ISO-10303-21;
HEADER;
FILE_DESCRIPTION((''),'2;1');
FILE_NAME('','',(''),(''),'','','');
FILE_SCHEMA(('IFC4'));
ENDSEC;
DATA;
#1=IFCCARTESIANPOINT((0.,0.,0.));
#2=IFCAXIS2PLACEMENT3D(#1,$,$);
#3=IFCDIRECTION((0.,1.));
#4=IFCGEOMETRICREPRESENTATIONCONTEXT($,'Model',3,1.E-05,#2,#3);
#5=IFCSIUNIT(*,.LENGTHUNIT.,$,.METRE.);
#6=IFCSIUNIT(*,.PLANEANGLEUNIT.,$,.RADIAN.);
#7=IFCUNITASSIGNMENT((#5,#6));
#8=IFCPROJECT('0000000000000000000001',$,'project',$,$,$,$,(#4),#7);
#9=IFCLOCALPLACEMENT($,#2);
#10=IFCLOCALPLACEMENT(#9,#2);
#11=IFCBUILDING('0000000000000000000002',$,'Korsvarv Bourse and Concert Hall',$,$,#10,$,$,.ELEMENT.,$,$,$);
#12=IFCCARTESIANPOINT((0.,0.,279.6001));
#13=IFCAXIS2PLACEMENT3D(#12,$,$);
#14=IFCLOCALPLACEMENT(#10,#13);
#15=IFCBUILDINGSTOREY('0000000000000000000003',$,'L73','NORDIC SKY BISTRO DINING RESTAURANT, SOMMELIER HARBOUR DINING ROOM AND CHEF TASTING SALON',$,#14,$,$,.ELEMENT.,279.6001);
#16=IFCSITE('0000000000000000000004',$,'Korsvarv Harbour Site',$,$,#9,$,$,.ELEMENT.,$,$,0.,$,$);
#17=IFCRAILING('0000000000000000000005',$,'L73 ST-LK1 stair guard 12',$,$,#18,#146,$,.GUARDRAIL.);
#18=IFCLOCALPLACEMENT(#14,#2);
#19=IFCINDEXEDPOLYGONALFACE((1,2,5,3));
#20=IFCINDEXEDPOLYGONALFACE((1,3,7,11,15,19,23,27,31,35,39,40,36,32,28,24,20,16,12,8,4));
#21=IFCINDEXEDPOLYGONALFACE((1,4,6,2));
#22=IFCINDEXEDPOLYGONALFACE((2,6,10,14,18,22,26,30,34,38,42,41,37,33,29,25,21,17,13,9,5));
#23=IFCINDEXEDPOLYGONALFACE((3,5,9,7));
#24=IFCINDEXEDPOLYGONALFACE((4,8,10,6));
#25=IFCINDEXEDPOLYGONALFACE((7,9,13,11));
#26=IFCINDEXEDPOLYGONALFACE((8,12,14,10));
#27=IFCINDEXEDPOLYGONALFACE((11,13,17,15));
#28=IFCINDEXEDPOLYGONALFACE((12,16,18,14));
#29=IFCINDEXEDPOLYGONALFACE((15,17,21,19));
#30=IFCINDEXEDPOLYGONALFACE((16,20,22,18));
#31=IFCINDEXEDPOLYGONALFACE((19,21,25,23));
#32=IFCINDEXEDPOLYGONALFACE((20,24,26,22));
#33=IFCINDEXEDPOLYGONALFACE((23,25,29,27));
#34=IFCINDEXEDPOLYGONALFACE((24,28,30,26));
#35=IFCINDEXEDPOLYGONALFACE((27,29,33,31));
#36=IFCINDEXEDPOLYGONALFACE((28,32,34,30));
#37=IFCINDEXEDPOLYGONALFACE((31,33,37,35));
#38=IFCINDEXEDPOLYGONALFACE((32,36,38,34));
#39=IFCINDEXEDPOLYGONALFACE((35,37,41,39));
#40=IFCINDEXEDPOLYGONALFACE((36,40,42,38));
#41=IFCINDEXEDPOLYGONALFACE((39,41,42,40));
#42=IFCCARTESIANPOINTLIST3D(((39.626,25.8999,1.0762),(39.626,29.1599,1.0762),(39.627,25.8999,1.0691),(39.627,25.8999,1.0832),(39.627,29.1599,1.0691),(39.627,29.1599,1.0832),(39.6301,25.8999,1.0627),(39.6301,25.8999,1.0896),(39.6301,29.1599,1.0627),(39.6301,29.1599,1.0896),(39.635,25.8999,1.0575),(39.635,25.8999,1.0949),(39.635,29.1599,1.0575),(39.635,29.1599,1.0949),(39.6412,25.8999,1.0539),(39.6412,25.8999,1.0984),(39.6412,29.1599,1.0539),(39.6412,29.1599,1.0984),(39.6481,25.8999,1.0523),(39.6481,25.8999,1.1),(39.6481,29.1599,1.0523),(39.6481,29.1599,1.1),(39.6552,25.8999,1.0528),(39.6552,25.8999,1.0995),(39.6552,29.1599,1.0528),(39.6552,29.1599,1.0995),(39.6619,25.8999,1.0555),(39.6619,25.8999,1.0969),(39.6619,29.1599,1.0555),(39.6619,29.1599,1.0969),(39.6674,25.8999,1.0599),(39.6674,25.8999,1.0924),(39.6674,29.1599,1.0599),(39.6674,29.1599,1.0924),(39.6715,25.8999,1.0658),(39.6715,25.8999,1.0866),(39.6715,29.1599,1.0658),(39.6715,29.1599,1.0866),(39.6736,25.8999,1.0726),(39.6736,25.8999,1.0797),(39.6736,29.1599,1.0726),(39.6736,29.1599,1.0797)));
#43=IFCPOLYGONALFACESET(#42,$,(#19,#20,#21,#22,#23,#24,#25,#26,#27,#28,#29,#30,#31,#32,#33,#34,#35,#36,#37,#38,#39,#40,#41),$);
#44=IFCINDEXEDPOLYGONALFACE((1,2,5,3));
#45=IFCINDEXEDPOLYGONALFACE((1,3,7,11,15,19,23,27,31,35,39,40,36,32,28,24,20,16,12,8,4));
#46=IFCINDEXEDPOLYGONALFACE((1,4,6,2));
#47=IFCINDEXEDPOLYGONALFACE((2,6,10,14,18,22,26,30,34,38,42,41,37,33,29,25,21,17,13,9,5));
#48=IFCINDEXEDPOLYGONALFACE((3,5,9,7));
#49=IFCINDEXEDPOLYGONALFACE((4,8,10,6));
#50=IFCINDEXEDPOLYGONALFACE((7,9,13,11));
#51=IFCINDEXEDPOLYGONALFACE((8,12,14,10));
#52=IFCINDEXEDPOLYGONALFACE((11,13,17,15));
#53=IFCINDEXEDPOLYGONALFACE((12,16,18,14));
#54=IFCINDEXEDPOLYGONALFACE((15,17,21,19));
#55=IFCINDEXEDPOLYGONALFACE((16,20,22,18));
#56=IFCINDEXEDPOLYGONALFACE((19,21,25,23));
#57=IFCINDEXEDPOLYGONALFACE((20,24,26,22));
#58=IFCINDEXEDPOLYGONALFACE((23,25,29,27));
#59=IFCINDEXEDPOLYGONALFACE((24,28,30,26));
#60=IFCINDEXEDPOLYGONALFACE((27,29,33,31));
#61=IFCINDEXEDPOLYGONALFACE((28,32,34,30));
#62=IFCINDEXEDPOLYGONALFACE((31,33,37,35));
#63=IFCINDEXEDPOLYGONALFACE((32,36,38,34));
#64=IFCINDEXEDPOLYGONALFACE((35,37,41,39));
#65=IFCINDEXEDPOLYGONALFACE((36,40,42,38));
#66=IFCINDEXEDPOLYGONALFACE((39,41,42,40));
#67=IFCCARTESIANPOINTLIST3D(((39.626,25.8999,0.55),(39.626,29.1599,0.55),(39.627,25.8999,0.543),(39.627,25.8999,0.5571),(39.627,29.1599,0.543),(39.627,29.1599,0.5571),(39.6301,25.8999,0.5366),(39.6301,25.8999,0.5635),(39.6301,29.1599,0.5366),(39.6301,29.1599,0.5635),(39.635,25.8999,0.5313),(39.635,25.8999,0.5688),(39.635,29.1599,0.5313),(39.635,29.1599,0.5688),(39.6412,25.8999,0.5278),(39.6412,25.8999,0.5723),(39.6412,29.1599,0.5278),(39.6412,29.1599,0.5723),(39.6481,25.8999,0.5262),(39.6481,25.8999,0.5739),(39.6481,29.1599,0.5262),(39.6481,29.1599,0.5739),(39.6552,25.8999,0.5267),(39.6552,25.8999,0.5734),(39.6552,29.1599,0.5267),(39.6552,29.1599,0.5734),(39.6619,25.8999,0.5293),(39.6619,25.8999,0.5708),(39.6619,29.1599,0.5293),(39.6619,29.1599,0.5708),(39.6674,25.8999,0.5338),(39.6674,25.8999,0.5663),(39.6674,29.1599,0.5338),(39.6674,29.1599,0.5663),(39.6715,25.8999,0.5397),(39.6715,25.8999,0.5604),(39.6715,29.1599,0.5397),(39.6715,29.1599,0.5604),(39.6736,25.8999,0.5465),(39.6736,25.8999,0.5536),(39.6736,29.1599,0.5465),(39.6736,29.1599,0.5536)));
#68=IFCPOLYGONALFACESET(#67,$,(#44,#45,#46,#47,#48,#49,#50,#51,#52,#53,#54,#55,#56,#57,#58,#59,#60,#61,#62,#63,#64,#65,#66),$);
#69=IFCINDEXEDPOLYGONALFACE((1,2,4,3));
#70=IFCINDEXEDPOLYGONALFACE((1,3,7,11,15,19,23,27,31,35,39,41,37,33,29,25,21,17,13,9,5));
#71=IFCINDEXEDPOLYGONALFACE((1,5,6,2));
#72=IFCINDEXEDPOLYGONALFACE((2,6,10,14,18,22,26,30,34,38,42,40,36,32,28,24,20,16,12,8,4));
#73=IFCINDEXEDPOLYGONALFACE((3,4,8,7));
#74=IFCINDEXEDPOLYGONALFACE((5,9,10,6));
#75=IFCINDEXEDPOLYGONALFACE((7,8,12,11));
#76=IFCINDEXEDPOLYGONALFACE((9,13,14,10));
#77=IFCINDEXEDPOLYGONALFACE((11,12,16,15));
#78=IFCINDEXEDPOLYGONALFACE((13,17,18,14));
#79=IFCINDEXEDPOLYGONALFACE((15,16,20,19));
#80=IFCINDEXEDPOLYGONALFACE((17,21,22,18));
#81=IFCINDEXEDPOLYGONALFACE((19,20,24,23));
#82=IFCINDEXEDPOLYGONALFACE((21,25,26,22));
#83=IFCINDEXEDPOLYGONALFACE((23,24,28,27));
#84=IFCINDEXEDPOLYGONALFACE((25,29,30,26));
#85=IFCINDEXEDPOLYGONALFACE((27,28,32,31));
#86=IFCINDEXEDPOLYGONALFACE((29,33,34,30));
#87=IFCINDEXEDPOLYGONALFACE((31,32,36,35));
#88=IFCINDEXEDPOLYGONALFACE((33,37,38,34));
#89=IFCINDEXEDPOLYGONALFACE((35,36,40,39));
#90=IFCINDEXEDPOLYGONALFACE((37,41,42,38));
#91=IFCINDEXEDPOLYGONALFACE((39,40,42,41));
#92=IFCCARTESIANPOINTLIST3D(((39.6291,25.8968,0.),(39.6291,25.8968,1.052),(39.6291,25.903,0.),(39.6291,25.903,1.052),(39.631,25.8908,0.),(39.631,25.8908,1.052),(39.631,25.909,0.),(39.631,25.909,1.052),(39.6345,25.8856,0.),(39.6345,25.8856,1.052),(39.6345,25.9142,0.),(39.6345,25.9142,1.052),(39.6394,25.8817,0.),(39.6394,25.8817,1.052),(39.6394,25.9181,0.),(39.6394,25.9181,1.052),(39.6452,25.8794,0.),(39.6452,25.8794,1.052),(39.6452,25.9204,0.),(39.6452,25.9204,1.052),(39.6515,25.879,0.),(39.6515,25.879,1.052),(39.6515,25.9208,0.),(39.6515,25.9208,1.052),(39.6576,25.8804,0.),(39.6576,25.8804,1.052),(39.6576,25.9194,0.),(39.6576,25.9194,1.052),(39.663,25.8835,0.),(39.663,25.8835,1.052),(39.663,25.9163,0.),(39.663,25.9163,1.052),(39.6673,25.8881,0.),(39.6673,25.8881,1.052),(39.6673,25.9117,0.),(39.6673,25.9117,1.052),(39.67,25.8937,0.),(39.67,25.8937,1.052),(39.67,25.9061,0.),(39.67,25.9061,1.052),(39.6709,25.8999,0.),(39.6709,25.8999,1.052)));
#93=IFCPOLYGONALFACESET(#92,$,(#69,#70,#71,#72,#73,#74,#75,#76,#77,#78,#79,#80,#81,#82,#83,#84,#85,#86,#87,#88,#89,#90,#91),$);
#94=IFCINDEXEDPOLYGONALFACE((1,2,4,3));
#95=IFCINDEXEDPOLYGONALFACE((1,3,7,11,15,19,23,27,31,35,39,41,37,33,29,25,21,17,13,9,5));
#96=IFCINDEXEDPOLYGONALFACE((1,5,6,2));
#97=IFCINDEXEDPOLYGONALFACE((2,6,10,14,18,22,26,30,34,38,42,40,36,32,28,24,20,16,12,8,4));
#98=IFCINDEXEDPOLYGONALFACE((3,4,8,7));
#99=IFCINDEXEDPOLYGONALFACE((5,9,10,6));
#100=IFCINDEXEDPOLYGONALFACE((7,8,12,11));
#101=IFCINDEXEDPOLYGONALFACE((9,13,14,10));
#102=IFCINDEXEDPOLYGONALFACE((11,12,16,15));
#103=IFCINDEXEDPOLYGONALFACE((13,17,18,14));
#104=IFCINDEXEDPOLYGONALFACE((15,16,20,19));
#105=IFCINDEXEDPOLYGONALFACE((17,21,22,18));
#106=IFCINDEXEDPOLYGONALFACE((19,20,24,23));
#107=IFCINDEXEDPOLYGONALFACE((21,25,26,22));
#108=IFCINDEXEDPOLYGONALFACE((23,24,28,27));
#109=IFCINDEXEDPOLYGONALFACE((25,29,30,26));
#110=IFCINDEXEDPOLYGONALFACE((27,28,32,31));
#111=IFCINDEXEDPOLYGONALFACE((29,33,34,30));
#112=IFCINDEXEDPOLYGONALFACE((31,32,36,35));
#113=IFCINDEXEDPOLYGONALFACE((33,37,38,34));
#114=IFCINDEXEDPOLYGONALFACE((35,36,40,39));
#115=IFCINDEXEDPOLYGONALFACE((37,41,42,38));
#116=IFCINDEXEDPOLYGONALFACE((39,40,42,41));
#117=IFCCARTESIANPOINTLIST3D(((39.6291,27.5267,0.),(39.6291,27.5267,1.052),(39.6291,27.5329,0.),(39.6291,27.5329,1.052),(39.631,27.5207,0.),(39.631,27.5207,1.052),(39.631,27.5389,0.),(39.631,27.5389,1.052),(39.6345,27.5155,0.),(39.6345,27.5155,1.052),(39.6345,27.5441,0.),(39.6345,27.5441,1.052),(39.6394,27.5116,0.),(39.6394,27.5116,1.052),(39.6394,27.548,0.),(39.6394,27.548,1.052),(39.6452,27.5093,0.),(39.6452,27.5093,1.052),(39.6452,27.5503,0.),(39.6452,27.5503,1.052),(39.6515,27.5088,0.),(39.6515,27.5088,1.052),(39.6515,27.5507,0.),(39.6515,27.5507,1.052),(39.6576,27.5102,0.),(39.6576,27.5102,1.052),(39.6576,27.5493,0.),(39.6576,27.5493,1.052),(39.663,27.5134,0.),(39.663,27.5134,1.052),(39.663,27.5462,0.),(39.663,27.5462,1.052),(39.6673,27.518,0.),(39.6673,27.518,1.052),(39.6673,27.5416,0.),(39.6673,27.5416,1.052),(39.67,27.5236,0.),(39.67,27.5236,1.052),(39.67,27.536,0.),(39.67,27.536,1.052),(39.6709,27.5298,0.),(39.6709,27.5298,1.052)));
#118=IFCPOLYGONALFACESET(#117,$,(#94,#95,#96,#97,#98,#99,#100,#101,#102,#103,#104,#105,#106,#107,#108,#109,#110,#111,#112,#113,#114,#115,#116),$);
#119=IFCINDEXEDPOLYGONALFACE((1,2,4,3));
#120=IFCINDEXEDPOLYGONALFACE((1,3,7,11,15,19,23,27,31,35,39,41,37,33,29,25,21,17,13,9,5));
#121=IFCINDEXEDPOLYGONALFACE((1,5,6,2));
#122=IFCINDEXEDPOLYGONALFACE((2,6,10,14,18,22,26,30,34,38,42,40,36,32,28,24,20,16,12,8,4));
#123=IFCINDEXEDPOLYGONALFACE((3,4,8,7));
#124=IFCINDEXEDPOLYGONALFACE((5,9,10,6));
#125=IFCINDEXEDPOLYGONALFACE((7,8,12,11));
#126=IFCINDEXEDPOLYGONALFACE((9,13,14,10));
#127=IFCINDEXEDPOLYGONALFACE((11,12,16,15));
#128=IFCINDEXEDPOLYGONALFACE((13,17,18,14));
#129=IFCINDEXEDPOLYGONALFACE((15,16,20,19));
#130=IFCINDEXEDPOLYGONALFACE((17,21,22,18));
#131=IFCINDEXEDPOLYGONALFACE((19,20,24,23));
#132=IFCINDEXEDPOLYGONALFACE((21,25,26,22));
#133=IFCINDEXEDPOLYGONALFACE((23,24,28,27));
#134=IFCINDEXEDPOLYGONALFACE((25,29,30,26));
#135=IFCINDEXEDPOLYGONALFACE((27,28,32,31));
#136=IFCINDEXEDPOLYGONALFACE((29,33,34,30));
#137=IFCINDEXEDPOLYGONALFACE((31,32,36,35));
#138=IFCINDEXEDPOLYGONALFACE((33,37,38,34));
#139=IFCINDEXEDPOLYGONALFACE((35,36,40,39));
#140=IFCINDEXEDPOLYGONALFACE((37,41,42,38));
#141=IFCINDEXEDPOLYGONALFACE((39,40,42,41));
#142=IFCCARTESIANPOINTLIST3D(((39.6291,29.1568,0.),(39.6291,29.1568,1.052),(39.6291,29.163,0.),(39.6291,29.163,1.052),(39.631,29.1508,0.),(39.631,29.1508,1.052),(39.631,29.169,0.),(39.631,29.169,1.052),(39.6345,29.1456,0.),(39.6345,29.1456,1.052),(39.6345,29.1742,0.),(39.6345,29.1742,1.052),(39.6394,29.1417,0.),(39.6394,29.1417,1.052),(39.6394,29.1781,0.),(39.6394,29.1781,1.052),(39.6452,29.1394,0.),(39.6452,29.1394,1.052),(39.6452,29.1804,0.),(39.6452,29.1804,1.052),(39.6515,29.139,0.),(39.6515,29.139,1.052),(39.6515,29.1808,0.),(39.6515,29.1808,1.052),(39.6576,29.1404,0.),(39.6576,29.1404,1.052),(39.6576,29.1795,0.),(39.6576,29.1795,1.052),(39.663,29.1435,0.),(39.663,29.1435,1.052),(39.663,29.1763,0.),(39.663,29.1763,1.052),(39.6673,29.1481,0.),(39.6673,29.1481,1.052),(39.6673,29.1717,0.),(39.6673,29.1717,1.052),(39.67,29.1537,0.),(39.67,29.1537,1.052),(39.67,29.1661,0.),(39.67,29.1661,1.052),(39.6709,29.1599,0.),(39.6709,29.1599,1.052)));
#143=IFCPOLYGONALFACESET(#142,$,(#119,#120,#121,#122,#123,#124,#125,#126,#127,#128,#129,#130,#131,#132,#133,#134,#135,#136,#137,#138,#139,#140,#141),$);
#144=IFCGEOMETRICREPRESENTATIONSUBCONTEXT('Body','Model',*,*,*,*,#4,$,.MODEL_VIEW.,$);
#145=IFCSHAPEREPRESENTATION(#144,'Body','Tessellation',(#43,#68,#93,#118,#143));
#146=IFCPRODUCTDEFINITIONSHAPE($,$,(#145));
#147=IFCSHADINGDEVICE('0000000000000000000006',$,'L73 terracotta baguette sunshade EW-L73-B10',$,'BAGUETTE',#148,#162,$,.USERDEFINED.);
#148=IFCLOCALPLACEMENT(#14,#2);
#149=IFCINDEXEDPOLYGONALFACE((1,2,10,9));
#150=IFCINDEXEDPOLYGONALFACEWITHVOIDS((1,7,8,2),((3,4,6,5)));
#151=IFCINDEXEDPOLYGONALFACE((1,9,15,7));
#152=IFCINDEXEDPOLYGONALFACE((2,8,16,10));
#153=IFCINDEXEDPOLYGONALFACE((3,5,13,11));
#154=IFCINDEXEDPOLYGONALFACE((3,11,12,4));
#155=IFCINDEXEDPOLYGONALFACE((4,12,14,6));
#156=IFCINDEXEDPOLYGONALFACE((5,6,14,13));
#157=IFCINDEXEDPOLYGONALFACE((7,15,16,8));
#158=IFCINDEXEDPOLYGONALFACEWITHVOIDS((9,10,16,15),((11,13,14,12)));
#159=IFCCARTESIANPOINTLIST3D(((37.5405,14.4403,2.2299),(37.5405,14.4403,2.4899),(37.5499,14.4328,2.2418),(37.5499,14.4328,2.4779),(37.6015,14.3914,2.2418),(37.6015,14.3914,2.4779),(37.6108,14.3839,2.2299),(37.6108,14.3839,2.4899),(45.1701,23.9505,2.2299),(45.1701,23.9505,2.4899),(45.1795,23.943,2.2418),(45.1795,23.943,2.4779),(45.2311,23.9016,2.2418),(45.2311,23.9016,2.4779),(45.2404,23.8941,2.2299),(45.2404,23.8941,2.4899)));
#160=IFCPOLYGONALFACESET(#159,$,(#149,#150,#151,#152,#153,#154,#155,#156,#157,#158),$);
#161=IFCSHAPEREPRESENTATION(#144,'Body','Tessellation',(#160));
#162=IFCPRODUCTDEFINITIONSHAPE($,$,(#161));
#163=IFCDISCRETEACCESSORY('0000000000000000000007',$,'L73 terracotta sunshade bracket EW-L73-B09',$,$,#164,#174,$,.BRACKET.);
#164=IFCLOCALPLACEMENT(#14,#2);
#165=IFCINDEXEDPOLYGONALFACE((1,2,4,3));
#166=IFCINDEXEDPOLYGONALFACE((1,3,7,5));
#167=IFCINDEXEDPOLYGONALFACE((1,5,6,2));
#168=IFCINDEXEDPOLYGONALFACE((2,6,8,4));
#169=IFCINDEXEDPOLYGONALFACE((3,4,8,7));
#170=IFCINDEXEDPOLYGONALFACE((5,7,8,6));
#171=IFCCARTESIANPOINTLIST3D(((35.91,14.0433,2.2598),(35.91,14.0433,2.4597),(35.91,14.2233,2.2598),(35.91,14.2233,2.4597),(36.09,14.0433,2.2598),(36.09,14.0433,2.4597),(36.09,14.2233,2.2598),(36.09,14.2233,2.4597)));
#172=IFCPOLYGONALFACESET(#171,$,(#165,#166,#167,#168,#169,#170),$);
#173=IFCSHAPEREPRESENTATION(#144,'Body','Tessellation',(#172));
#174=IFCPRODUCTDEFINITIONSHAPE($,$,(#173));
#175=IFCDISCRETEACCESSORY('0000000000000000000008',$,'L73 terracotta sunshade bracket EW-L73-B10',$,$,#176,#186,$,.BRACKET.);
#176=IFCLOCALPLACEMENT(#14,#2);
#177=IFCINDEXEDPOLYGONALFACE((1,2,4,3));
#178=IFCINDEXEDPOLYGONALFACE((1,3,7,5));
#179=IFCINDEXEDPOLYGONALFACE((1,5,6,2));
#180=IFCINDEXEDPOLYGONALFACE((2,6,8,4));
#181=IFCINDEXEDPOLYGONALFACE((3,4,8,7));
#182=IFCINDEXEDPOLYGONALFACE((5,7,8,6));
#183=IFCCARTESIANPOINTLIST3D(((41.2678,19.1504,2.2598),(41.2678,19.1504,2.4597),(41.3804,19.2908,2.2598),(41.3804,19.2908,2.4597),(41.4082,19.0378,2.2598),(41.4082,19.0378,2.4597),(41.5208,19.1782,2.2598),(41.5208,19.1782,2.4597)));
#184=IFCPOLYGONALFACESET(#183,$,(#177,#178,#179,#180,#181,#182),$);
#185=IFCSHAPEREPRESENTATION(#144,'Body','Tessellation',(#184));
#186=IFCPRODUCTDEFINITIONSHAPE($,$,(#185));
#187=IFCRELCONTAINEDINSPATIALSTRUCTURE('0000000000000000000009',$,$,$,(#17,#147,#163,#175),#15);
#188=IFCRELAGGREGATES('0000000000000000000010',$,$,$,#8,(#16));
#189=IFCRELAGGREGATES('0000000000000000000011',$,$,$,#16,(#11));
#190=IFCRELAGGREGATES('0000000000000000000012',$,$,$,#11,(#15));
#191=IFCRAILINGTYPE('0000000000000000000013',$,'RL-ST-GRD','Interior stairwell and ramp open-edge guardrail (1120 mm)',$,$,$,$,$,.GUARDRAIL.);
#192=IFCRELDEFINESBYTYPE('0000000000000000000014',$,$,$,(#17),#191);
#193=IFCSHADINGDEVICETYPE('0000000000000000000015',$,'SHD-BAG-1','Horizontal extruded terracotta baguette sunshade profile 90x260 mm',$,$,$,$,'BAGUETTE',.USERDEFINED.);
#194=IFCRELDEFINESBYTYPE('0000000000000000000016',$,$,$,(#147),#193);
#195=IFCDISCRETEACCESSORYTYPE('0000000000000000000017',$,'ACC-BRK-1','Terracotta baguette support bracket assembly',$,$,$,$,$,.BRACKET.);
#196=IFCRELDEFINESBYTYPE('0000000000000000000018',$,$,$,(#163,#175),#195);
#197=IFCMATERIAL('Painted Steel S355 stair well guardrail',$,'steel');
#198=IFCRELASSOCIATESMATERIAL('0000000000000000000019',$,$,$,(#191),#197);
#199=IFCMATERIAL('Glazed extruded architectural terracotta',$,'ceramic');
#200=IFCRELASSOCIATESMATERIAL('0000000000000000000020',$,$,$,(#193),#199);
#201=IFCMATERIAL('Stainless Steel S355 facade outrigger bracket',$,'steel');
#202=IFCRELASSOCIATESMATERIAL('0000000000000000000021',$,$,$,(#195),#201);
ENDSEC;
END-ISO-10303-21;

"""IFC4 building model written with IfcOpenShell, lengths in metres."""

from ifc_helpers import new_model, si_unit, direction, frame, origin, origin_2d, place, context, subcontext, project, spatial, rectangle, hollow_rectangle, circle, extrude, source, transform, mapped, material, material_profile, profile_set, type_object, element, save


model = new_model("IFC4")

# Units and contexts
model_context = context("Model", 3, precision=1e-05, world=origin(), true_north=direction((0.0, 1.0)))
body_context = subcontext(model_context, "Body", "Model", "MODEL_VIEW")
ifc_project = project(units=[si_unit("LENGTHUNIT", "METRE"), si_unit("PLANEANGLEUNIT", "RADIAN")], contexts=[model_context])

# Site, building, storey
site_placement = place(None, origin())
site = spatial("IfcSite", under=ifc_project, at=site_placement, Name="Korsvarv Harbour Site", CompositionType="ELEMENT", RefElevation=0.0)
building_placement = place(site_placement, origin())
building = spatial("IfcBuilding", under=site, at=building_placement, Name="Korsvarv Bourse and Concert Hall", CompositionType="ELEMENT")
storey_placement = place(building_placement, frame((0.0, 0.0, 279.6001)))
storey = spatial("IfcBuildingStorey", under=building, at=storey_placement, Name="L73", Description="NORDIC SKY BISTRO DINING RESTAURANT, SOMMELIER HARBOUR DINING ROOM AND CHEF TASTING SALON", CompositionType="ELEMENT", Elevation=279.6001)

# Railing
ifc_material_1 = material(Name="Painted Steel S355 stair well guardrail", Category="steel")
railing_type_1 = type_object("IfcRailingType", Name="RL-ST-GRD", Description="Interior stairwell and ramp open-edge guardrail (1120 mm)", PredefinedType="GUARDRAIL", material=ifc_material_1)
railing_1_placement = place(storey_placement, frame((39.6499, 25.8999, 0.0)))
element("IfcRailing", 1, at=railing_1_placement, inside=storey, type_object=railing_type_1, Name="L73 ST-LK1 stair guard 12", PredefinedType="GUARDRAIL", context=body_context, shape_type="SweptSolid", body=[
    extrude(circle(Radius=0.0239, at=origin_2d()), frame((0.0, 0.0, 1.0762), z_axis=(0.0, 1.0, 0.0), x_axis=(-1.0, 0.0, 0.0)), (0.0, 0.0, 1.0), 3.26),
    extrude(circle(Radius=0.0239, at=origin_2d()), frame((0.0, 0.0, 0.55), z_axis=(0.0, 1.0, 0.0), x_axis=(-1.0, 0.0, 0.0)), (0.0, 0.0, 1.0), 3.26),
    extrude(circle(Radius=0.021, at=origin_2d()), origin(), (0.0, 0.0, 1.0), 1.052),
    extrude(circle(Radius=0.021, at=origin_2d()), frame((0.0, 1.6299, 0.0)), (0.0, 0.0, 1.0), 1.052),
    extrude(circle(Radius=0.021, at=origin_2d()), frame((0.0, 3.26, 0.0)), (0.0, 0.0, 1.0), 1.052),
])

# Shading device
ifc_material_2 = material(Name="Glazed extruded architectural terracotta", Category="ceramic")
ifc_material_profile_1 = material_profile(ifc_material_2, hollow_rectangle(XDim=0.0901, YDim=0.26, WallThickness=0.012, at=origin_2d()), Name="TC-BAG 90x260")
ifc_profile_set_1 = profile_set([ifc_material_profile_1], Name="Glazed extruded architectural terracotta")
shading_device_type = type_object("IfcShadingDeviceType", Name="SHD-BAG-1", Description="Horizontal extruded terracotta baguette sunshade profile 90x260 mm", ElementType="BAGUETTE", PredefinedType="USERDEFINED", material=ifc_profile_set_1)
shared_shape_1 = source(origin(), body_context, "Body", "SweptSolid", [
    extrude(hollow_rectangle(XDim=0.0901, YDim=0.26, WallThickness=0.012, at=origin_2d()), origin(), (0.0, 0.0, 1.0), 12.1924),
])
shading_device_placement = place(storey_placement, frame((37.5757, 14.4121, 2.3599), z_axis=(0.625766, 0.78001, 0.0), x_axis=(-0.78001, 0.625766, 0.0)))
element("IfcShadingDevice", 2, at=shading_device_placement, inside=storey, type_object=shading_device_type, Name="L73 terracotta baguette sunshade EW-L73-B10", ObjectType="BAGUETTE", PredefinedType="USERDEFINED", context=body_context, shape_type="MappedRepresentation", body=[
    mapped(shared_shape_1, transform((0.0, 0.0, 0.0), scale=1.0)),
])

# Discrete accessories
ifc_material_3 = material(Name="Stainless Steel S355 facade outrigger bracket", Category="steel")
discrete_accessory_type = type_object("IfcDiscreteAccessoryType", Name="ACC-BRK-1", Description="Terracotta baguette support bracket assembly", PredefinedType="BRACKET", material=ifc_material_3)
shared_shape_2 = source(origin(), body_context, "Body", "SweptSolid", [
    extrude(rectangle(XDim=0.1799, YDim=0.1799, at=origin_2d()), origin(), (0.0, 0.0, 1.0), 0.2),
])
for number, where, z_axis, x_axis, name in (
    (3, (36.0, 14.1333, 2.2598), (0.0, 0.0, 1.0), (1.0, 0.0, 0.0), "L73 terracotta sunshade bracket EW-L73-B09"),
    (4, (41.3943, 19.1643, 2.2598), (0.0, 0.0, 1.0), (0.625787, 0.779994, 0.0), "L73 terracotta sunshade bracket EW-L73-B10"),
):
    element("IfcDiscreteAccessory", number, at=place(storey_placement, frame(where, z_axis=z_axis, x_axis=x_axis)), inside=storey, type_object=discrete_accessory_type, Name=name, PredefinedType="BRACKET", context=body_context, shape_type="MappedRepresentation", body=[
        mapped(shared_shape_2, transform((0.0, 0.0, 0.0), scale=1.0)),
    ])

save(model, "model.ifc")
